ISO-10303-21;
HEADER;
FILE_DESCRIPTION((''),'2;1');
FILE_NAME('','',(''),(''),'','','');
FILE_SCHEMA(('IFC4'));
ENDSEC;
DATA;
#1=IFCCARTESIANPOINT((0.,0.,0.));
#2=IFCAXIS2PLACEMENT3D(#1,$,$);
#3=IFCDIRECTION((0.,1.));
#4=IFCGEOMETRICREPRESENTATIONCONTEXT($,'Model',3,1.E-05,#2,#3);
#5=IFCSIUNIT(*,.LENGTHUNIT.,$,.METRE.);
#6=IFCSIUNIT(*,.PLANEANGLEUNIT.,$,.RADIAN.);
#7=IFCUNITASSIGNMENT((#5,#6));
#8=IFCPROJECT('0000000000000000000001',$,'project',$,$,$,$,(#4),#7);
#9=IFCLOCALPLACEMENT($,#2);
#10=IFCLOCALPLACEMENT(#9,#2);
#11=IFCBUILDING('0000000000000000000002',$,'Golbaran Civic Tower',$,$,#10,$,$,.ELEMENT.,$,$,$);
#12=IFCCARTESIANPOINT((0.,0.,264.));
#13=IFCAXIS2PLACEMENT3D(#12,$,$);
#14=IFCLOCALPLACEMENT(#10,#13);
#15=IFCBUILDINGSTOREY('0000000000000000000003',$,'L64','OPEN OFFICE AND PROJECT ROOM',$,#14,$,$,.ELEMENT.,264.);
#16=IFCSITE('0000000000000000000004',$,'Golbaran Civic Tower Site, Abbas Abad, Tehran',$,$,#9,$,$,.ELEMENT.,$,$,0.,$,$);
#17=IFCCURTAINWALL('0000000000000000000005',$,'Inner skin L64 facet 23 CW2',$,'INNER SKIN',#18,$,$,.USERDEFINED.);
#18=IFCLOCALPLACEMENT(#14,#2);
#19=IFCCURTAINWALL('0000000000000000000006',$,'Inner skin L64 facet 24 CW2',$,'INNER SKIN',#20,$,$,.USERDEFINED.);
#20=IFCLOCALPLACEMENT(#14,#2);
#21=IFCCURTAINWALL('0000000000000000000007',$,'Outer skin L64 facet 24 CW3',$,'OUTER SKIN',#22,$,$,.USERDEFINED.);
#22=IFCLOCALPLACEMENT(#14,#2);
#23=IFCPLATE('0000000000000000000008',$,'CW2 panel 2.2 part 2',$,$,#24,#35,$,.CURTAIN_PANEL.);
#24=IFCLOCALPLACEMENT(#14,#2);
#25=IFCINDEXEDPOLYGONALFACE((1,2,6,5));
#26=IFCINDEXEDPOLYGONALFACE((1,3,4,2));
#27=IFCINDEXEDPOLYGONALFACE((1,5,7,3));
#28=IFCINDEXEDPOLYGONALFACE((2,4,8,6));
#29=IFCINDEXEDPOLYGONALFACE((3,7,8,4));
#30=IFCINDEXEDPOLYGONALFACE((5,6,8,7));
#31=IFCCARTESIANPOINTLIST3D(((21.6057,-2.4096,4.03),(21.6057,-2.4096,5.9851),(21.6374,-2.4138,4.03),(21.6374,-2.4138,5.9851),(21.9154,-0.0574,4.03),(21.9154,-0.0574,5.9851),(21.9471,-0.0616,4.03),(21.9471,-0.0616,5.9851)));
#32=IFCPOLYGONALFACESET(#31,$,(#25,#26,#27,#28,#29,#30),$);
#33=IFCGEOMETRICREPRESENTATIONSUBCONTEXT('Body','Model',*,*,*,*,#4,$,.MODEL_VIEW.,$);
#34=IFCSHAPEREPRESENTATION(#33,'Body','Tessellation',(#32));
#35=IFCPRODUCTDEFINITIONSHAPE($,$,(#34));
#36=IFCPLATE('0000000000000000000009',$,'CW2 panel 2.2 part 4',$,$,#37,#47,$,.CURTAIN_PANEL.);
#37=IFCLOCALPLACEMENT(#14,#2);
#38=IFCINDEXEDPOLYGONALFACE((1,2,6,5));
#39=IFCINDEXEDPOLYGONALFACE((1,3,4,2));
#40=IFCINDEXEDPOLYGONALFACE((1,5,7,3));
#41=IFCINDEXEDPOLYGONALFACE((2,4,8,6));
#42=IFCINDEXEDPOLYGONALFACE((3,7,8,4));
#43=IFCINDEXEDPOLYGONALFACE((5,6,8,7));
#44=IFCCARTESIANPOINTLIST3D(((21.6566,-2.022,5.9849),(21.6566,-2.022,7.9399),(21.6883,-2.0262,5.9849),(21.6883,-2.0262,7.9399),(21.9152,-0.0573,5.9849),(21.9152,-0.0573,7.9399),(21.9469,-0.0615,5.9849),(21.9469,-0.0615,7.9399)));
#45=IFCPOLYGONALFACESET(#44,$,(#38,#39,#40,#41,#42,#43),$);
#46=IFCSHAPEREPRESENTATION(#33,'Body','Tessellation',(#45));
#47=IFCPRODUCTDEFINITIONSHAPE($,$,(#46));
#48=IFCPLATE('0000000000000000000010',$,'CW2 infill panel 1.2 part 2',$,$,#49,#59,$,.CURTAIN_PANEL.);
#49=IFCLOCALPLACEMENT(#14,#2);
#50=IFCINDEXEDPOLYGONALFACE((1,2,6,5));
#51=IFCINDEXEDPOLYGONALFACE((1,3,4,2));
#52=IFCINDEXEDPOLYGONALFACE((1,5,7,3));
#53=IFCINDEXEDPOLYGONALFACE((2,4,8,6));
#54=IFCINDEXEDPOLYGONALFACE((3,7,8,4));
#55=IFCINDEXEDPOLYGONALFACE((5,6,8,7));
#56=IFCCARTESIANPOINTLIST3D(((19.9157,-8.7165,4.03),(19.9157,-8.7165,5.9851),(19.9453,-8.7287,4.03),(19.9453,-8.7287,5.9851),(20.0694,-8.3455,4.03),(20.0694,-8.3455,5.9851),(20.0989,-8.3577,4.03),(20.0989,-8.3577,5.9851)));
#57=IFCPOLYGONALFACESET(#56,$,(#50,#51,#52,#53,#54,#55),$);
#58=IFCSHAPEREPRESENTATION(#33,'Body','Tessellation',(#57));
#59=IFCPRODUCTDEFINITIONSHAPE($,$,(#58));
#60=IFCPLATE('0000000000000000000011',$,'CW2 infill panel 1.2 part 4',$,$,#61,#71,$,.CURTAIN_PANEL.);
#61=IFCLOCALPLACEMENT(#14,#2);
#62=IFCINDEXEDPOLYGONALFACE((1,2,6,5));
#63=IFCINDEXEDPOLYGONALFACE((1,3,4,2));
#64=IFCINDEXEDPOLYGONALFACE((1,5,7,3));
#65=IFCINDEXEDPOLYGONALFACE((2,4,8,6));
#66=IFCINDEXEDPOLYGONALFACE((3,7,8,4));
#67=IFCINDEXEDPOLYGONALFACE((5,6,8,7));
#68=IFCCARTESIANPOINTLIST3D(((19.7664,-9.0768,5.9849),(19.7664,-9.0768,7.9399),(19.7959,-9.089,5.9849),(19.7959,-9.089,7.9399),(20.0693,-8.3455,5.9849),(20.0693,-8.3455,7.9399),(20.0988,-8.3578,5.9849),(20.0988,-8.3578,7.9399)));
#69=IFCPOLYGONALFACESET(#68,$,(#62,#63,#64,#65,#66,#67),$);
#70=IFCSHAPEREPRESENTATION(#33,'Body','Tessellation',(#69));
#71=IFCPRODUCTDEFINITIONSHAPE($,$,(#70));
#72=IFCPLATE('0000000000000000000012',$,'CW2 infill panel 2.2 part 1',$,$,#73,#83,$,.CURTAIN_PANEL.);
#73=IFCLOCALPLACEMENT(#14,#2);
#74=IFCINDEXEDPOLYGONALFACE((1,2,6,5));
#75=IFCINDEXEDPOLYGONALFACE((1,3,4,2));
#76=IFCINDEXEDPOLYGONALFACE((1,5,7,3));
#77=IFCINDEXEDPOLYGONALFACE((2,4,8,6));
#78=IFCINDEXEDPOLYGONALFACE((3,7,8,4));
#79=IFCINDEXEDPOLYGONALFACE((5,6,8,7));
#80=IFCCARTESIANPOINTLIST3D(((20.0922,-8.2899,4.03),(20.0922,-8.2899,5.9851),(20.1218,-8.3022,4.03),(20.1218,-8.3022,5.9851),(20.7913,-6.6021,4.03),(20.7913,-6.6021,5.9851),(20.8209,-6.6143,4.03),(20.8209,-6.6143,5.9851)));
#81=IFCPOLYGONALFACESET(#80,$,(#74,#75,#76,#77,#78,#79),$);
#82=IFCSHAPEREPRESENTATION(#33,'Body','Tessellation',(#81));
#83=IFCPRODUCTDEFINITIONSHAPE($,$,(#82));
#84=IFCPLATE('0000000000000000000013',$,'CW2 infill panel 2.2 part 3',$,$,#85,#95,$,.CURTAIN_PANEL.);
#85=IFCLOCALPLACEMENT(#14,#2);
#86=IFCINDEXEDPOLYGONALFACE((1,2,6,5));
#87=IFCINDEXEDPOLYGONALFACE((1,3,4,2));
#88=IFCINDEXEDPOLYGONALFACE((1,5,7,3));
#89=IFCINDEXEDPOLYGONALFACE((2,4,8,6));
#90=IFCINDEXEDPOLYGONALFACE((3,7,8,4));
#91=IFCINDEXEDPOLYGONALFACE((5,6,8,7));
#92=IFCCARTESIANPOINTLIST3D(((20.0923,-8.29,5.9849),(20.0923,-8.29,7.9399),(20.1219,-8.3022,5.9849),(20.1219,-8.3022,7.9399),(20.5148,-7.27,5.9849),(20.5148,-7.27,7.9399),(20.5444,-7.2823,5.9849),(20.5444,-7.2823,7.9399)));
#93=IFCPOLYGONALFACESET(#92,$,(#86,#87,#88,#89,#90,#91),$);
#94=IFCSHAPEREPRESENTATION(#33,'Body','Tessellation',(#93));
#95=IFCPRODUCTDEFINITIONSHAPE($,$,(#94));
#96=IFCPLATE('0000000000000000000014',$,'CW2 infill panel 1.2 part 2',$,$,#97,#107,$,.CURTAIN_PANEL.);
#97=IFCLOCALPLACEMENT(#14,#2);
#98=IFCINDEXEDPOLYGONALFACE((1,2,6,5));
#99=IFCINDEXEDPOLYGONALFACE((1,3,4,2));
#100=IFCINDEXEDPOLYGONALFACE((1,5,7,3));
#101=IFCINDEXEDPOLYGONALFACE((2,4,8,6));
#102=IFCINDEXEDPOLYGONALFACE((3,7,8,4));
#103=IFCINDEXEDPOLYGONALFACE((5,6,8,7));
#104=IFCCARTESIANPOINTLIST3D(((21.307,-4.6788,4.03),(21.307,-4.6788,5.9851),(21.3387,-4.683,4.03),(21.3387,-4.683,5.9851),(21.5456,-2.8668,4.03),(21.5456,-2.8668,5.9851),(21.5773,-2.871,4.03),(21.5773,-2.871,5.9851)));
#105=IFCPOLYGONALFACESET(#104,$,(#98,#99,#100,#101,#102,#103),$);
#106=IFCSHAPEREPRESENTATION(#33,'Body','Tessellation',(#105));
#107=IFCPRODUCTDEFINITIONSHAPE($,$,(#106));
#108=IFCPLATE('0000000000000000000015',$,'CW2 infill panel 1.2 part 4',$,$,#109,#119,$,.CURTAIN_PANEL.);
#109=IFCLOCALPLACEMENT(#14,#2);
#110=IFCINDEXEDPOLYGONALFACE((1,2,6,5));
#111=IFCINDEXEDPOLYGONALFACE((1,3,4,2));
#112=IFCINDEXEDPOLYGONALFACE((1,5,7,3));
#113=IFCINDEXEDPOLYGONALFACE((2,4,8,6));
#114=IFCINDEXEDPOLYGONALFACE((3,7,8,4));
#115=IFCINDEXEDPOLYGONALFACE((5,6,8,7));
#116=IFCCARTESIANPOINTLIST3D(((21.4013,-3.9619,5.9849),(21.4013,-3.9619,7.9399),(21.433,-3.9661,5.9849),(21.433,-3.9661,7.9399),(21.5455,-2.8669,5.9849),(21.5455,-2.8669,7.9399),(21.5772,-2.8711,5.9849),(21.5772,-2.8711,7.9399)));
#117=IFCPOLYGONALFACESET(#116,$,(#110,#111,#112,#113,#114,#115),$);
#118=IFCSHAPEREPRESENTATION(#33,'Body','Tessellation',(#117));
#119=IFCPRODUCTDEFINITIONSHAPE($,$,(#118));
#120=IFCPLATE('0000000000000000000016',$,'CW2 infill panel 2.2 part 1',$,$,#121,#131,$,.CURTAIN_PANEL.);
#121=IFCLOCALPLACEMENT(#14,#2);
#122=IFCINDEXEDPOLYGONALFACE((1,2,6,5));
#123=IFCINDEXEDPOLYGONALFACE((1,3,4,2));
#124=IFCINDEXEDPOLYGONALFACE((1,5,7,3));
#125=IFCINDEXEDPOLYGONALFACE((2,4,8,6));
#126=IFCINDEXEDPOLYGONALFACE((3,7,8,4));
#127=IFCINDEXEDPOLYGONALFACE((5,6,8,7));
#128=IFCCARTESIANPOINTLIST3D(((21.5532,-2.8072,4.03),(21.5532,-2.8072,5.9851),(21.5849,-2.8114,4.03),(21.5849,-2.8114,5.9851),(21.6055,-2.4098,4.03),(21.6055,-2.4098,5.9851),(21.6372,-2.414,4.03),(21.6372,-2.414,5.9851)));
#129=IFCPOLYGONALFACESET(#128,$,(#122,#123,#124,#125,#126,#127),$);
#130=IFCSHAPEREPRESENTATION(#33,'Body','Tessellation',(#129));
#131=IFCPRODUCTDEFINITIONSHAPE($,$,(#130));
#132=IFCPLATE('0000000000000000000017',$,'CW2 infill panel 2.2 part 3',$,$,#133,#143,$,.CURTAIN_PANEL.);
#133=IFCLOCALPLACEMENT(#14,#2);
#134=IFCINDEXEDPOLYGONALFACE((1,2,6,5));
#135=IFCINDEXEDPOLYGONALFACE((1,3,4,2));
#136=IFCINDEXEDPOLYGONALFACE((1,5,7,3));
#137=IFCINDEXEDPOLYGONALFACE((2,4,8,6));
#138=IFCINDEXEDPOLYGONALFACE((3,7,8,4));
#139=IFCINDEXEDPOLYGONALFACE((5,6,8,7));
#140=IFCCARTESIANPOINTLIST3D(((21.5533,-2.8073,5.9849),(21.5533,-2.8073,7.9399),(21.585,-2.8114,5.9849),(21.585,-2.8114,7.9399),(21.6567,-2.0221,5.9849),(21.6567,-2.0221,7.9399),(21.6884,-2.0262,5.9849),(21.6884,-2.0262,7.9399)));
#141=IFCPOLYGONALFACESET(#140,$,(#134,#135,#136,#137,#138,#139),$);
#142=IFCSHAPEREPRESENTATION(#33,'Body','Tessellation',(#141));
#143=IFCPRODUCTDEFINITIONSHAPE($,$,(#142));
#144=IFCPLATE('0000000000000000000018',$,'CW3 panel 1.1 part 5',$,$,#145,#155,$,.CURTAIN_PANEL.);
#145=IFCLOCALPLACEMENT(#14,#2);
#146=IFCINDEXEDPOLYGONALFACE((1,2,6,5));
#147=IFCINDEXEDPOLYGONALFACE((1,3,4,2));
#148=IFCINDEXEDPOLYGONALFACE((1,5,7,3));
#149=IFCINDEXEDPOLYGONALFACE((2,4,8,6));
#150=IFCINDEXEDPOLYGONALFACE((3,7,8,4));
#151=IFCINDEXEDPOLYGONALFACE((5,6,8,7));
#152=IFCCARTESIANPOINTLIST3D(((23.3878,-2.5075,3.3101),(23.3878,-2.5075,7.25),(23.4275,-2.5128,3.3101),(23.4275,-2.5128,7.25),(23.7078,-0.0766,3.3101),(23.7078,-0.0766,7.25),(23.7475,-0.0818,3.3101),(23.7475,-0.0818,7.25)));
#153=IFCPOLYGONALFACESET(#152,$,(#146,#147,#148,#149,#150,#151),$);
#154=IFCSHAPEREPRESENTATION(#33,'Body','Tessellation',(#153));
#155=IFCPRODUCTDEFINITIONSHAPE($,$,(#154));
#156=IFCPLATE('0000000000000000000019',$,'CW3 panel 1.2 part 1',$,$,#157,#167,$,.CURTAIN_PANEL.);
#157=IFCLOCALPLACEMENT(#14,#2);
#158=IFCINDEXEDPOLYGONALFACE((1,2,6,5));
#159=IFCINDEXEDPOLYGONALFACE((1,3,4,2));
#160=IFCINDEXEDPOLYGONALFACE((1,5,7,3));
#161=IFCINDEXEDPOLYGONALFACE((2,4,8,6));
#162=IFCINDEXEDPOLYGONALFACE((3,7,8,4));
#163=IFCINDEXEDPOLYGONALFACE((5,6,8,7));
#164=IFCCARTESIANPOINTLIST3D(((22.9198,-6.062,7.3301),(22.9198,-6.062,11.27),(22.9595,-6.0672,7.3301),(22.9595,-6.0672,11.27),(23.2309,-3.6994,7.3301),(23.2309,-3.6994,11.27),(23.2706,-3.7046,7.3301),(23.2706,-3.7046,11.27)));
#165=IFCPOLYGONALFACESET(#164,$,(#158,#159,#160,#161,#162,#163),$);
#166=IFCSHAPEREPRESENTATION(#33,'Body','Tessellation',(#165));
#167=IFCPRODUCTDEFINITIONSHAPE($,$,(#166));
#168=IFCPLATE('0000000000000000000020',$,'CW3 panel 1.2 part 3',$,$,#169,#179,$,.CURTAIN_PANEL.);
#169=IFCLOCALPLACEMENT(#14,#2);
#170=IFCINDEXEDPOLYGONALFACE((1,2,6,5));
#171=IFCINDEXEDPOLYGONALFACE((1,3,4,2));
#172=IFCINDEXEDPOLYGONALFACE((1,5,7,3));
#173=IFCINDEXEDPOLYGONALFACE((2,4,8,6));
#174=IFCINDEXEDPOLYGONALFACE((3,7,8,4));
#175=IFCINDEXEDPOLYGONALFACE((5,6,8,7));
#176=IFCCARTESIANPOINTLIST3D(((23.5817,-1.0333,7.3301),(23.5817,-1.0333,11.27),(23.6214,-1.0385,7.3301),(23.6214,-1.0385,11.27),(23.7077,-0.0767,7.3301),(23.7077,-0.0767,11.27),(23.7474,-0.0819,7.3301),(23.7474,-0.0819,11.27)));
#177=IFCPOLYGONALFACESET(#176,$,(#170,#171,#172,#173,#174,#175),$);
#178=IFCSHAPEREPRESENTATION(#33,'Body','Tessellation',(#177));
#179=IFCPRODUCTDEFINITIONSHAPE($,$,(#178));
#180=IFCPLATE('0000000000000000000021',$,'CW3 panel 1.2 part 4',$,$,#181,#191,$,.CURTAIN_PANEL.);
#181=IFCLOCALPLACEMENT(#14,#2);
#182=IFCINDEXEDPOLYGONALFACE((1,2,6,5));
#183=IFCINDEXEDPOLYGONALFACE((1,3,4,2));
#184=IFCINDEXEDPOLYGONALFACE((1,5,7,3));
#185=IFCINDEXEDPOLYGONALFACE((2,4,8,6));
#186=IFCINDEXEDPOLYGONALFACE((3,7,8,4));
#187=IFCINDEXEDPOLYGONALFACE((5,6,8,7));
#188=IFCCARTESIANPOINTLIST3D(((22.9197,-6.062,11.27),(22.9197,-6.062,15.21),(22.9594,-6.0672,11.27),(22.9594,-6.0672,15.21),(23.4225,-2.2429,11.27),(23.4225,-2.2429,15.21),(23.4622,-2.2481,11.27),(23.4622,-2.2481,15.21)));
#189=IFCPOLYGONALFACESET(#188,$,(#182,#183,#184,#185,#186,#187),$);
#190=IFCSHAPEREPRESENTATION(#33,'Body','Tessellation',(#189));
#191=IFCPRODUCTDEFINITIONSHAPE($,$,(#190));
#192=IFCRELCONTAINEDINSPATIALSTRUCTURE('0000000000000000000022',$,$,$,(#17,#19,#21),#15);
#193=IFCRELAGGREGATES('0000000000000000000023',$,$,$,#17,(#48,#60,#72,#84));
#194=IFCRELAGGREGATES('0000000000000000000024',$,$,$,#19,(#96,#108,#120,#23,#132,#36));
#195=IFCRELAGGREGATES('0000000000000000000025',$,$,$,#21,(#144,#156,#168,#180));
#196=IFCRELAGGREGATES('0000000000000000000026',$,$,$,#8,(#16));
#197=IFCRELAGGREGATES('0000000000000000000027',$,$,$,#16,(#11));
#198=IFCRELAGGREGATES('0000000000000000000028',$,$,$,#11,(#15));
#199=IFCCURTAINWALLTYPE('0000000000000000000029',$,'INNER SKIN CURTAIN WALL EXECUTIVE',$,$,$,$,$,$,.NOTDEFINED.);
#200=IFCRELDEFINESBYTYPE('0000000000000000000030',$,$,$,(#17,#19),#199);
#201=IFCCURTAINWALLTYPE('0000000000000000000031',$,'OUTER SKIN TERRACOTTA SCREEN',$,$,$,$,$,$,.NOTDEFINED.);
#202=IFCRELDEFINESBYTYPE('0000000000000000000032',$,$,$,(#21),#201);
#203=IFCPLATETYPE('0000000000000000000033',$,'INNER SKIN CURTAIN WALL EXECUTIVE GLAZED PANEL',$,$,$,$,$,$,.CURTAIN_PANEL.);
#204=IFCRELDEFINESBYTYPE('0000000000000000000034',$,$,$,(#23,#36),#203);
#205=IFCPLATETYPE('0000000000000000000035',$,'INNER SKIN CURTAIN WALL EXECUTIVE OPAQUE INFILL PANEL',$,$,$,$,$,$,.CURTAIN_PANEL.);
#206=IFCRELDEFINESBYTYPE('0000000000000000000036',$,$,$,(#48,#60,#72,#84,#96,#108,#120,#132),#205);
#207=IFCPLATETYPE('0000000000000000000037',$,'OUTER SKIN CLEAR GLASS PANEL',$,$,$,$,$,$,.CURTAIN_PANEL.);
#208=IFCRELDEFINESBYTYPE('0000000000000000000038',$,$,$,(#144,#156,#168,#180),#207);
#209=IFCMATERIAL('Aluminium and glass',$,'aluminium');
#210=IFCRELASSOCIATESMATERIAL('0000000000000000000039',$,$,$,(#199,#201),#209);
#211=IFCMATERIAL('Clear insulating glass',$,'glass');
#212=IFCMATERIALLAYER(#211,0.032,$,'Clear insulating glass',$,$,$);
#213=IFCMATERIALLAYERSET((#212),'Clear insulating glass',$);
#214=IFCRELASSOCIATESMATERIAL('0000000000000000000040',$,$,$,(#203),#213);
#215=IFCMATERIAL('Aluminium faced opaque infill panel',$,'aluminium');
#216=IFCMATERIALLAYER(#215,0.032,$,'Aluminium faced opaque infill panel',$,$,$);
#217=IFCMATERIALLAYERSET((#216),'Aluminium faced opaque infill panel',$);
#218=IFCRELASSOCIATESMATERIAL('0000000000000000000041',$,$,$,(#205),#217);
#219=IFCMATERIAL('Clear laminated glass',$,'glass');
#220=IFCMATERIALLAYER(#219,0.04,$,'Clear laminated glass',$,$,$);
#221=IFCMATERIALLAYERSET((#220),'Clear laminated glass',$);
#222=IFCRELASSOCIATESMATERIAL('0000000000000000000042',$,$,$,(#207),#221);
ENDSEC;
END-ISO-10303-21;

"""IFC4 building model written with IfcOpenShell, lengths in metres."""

from ifc_helpers import new_model, si_unit, direction, frame, origin, origin_2d, place, context, subcontext, project, spatial, rectangle, extrude, material, layer, layer_set, type_object, element, aggregate, save


model = new_model("IFC4")

# Units and contexts
model_context = context("Model", 3, precision=1e-05, world=origin(), true_north=direction((0.0, 1.0)))
body_context = subcontext(model_context, "Body", "Model", "MODEL_VIEW")
ifc_project = project(units=[si_unit("LENGTHUNIT", "METRE"), si_unit("PLANEANGLEUNIT", "RADIAN")], contexts=[model_context])

# Site, building, storey
site_placement = place(None, origin())
site = spatial("IfcSite", under=ifc_project, at=site_placement, Name="Golbaran Civic Tower Site, Abbas Abad, Tehran", CompositionType="ELEMENT", RefElevation=0.0)
building_placement = place(site_placement, origin())
building = spatial("IfcBuilding", under=site, at=building_placement, Name="Golbaran Civic Tower", CompositionType="ELEMENT")
storey_placement = place(building_placement, frame((0.0, 0.0, 264.0)))
storey = spatial("IfcBuildingStorey", under=building, at=storey_placement, Name="L64", Description="OPEN OFFICE AND PROJECT ROOM", CompositionType="ELEMENT", Elevation=264.0)

# Curtain walls
ifc_material_1 = material(Name="Aluminium and glass", Category="aluminium")
curtain_wall_type_1 = type_object("IfcCurtainWallType", Name="INNER SKIN CURTAIN WALL EXECUTIVE", PredefinedType="NOTDEFINED", material=ifc_material_1)
curtain_wall_1_placement = place(storey_placement, origin())
curtain_wall_1 = element("IfcCurtainWall", 1, at=curtain_wall_1_placement, inside=storey, type_object=curtain_wall_type_1, Name="Inner skin L64 facet 23 CW2", ObjectType="INNER SKIN", PredefinedType="USERDEFINED")
curtain_wall_2_placement = place(storey_placement, origin())
curtain_wall_2 = element("IfcCurtainWall", 2, at=curtain_wall_2_placement, inside=storey, type_object=curtain_wall_type_1, Name="Inner skin L64 facet 24 CW2", ObjectType="INNER SKIN", PredefinedType="USERDEFINED")
curtain_wall_type_2 = type_object("IfcCurtainWallType", Name="OUTER SKIN TERRACOTTA SCREEN", PredefinedType="NOTDEFINED", material=ifc_material_1)
curtain_wall_3_placement = place(storey_placement, origin())
curtain_wall_3 = element("IfcCurtainWall", 3, at=curtain_wall_3_placement, inside=storey, type_object=curtain_wall_type_2, Name="Outer skin L64 facet 24 CW3", ObjectType="OUTER SKIN", PredefinedType="USERDEFINED")

# Plates
ifc_material_2 = material(Name="Clear insulating glass", Category="glass")
ifc_layer_1 = layer(ifc_material_2, 0.032, Name="Clear insulating glass")
ifc_layer_set_1 = layer_set([ifc_layer_1], Name="Clear insulating glass")
plate_type_1 = type_object("IfcPlateType", Name="INNER SKIN CURTAIN WALL EXECUTIVE GLAZED PANEL", PredefinedType="CURTAIN_PANEL", material=ifc_layer_set_1)
plate_1_placement = place(storey_placement, frame((21.7764, -1.2356, 4.03), z_axis=(0.0, 0.0, 1.0), x_axis=(0.130526, 0.991445, 0.0)))
plate_1 = element("IfcPlate", 4, at=plate_1_placement, type_object=plate_type_1, Name="CW2 panel 2.2 part 2", PredefinedType="CURTAIN_PANEL", context=body_context, shape_type="SweptSolid", body=[
    extrude(rectangle(XDim=2.3726, YDim=0.032, at=origin_2d()), origin(), (0.0, 0.0, 1.0), 1.9551),
])
plate_2_placement = place(storey_placement, frame((21.8018, -1.0417, 5.9849), z_axis=(0.0, 0.0, 1.0), x_axis=(0.130526, 0.991445, 0.0)))
plate_2 = element("IfcPlate", 5, at=plate_2_placement, type_object=plate_type_1, Name="CW2 panel 2.2 part 4", PredefinedType="CURTAIN_PANEL", context=body_context, shape_type="SweptSolid", body=[
    extrude(rectangle(XDim=1.9817, YDim=0.032, at=origin_2d()), origin(), (0.0, 0.0, 1.0), 1.9551),
])
ifc_material_3 = material(Name="Aluminium faced opaque infill panel", Category="aluminium")
ifc_layer_2 = layer(ifc_material_3, 0.032, Name="Aluminium faced opaque infill panel")
ifc_layer_set_2 = layer_set([ifc_layer_2], Name="Aluminium faced opaque infill panel")
plate_type_2 = type_object("IfcPlateType", Name="INNER SKIN CURTAIN WALL EXECUTIVE OPAQUE INFILL PANEL", PredefinedType="CURTAIN_PANEL", material=ifc_layer_set_2)
plate_3_placement = place(storey_placement, frame((20.0073, -8.5371, 4.03), z_axis=(0.0, 0.0, 1.0), x_axis=(0.382683, 0.92388, 0.0)))
plate_3 = element("IfcPlate", 6, at=plate_3_placement, type_object=plate_type_2, Name="CW2 infill panel 1.2 part 2", PredefinedType="CURTAIN_PANEL", context=body_context, shape_type="SweptSolid", body=[
    extrude(rectangle(XDim=0.4016, YDim=0.032, at=origin_2d()), origin(), (0.0, 0.0, 1.0), 1.9551),
])
plate_4_placement = place(storey_placement, frame((19.9326, -8.7173, 5.9849), z_axis=(0.0, 0.0, 1.0), x_axis=(0.382683, 0.92388, 0.0)))
plate_4 = element("IfcPlate", 7, at=plate_4_placement, type_object=plate_type_2, Name="CW2 infill panel 1.2 part 4", PredefinedType="CURTAIN_PANEL", context=body_context, shape_type="SweptSolid", body=[
    extrude(rectangle(XDim=0.7915, YDim=0.032, at=origin_2d()), origin(), (0.0, 0.0, 1.0), 1.9551),
])
plate_5_placement = place(storey_placement, frame((20.4565, -7.4521, 4.03), z_axis=(0.0, 0.0, 1.0), x_axis=(0.382683, 0.92388, 0.0)))
plate_5 = element("IfcPlate", 8, at=plate_5_placement, type_object=plate_type_2, Name="CW2 infill panel 2.2 part 1", PredefinedType="CURTAIN_PANEL", context=body_context, shape_type="SweptSolid", body=[
    extrude(rectangle(XDim=1.8269, YDim=0.032, at=origin_2d()), origin(), (0.0, 0.0, 1.0), 1.9551),
])
plate_6_placement = place(storey_placement, frame((20.3184, -7.7861, 5.9849), z_axis=(0.0, 0.0, 1.0), x_axis=(0.382683, 0.92388, 0.0)))
plate_6 = element("IfcPlate", 9, at=plate_6_placement, type_object=plate_type_2, Name="CW2 infill panel 2.2 part 3", PredefinedType="CURTAIN_PANEL", context=body_context, shape_type="SweptSolid", body=[
    extrude(rectangle(XDim=1.104, YDim=0.032, at=origin_2d()), origin(), (0.0, 0.0, 1.0), 1.9551),
])
aggregate(curtain_wall_1, [plate_3, plate_4, plate_5, plate_6])
plate_7_placement = place(storey_placement, frame((21.4421, -3.7749, 4.03), z_axis=(0.0, 0.0, 1.0), x_axis=(0.130526, 0.991445, 0.0)))
plate_7 = element("IfcPlate", 10, at=plate_7_placement, type_object=plate_type_2, Name="CW2 infill panel 1.2 part 2", PredefinedType="CURTAIN_PANEL", context=body_context, shape_type="SweptSolid", body=[
    extrude(rectangle(XDim=1.8276, YDim=0.032, at=origin_2d()), origin(), (0.0, 0.0, 1.0), 1.9551),
])
plate_8_placement = place(storey_placement, frame((21.4893, -3.4165, 5.9849), z_axis=(0.0, 0.0, 1.0), x_axis=(0.130526, 0.991445, 0.0)))
plate_8 = element("IfcPlate", 11, at=plate_8_placement, type_object=plate_type_2, Name="CW2 infill panel 1.2 part 4", PredefinedType="CURTAIN_PANEL", context=body_context, shape_type="SweptSolid", body=[
    extrude(rectangle(XDim=1.1045, YDim=0.032, at=origin_2d()), origin(), (0.0, 0.0, 1.0), 1.9551),
])
plate_9_placement = place(storey_placement, frame((21.5952, -2.6106, 4.03), z_axis=(0.0, 0.0, 1.0), x_axis=(0.130526, 0.991445, 0.0)))
plate_9 = element("IfcPlate", 12, at=plate_9_placement, type_object=plate_type_2, Name="CW2 infill panel 2.2 part 1", PredefinedType="CURTAIN_PANEL", context=body_context, shape_type="SweptSolid", body=[
    extrude(rectangle(XDim=0.4009, YDim=0.032, at=origin_2d()), origin(), (0.0, 0.0, 1.0), 1.9551),
])
plate_10_placement = place(storey_placement, frame((21.6208, -2.4167, 5.9849), z_axis=(0.0, 0.0, 1.0), x_axis=(0.130526, 0.991445, 0.0)))
plate_10 = element("IfcPlate", 13, at=plate_10_placement, type_object=plate_type_2, Name="CW2 infill panel 2.2 part 3", PredefinedType="CURTAIN_PANEL", context=body_context, shape_type="SweptSolid", body=[
    extrude(rectangle(XDim=0.792, YDim=0.032, at=origin_2d()), origin(), (0.0, 0.0, 1.0), 1.9551),
])
aggregate(curtain_wall_2, [plate_7, plate_8, plate_9, plate_1, plate_10, plate_2])
ifc_material_4 = material(Name="Clear laminated glass", Category="glass")
ifc_layer_3 = layer(ifc_material_4, 0.04, Name="Clear laminated glass")
ifc_layer_set_3 = layer_set([ifc_layer_3], Name="Clear laminated glass")
plate_type_3 = type_object("IfcPlateType", Name="OUTER SKIN CLEAR GLASS PANEL", PredefinedType="CURTAIN_PANEL", material=ifc_layer_set_3)
plate_11_placement = place(storey_placement, frame((23.5676, -1.2947, 3.3101), z_axis=(0.0, 0.0, 1.0), x_axis=(0.130526, 0.991445, 0.0)))
plate_11 = element("IfcPlate", 14, at=plate_11_placement, type_object=plate_type_3, Name="CW3 panel 1.1 part 5", PredefinedType="CURTAIN_PANEL", context=body_context, shape_type="SweptSolid", body=[
    extrude(rectangle(XDim=2.4519, YDim=0.04, at=origin_2d()), origin(), (0.0, 0.0, 1.0), 3.9399),
])
plate_12_placement = place(storey_placement, frame((23.0952, -4.8833, 7.3301), z_axis=(0.0, 0.0, 1.0), x_axis=(0.130526, 0.991445, 0.0)))
plate_12 = element("IfcPlate", 15, at=plate_12_placement, type_object=plate_type_3, Name="CW3 panel 1.2 part 1", PredefinedType="CURTAIN_PANEL", context=body_context, shape_type="SweptSolid", body=[
    extrude(rectangle(XDim=2.3831, YDim=0.04, at=origin_2d()), origin(), (0.0, 0.0, 1.0), 3.9399),
])
plate_13_placement = place(storey_placement, frame((23.6646, -0.5576, 7.3301), z_axis=(0.0, 0.0, 1.0), x_axis=(0.130526, 0.991445, 0.0)))
plate_13 = element("IfcPlate", 16, at=plate_13_placement, type_object=plate_type_3, Name="CW3 panel 1.2 part 3", PredefinedType="CURTAIN_PANEL", context=body_context, shape_type="SweptSolid", body=[
    extrude(rectangle(XDim=0.9648, YDim=0.04, at=origin_2d()), origin(), (0.0, 0.0, 1.0), 3.9399),
])
plate_14_placement = place(storey_placement, frame((23.1909, -4.155, 11.27), z_axis=(0.0, 0.0, 1.0), x_axis=(0.130526, 0.991445, 0.0)))
plate_14 = element("IfcPlate", 17, at=plate_14_placement, type_object=plate_type_3, Name="CW3 panel 1.2 part 4", PredefinedType="CURTAIN_PANEL", context=body_context, shape_type="SweptSolid", body=[
    extrude(rectangle(XDim=3.8521, YDim=0.04, at=origin_2d()), origin(), (0.0, 0.0, 1.0), 3.9399),
])
aggregate(curtain_wall_3, [plate_11, plate_12, plate_13, plate_14])

save(model, "model.ifc")
